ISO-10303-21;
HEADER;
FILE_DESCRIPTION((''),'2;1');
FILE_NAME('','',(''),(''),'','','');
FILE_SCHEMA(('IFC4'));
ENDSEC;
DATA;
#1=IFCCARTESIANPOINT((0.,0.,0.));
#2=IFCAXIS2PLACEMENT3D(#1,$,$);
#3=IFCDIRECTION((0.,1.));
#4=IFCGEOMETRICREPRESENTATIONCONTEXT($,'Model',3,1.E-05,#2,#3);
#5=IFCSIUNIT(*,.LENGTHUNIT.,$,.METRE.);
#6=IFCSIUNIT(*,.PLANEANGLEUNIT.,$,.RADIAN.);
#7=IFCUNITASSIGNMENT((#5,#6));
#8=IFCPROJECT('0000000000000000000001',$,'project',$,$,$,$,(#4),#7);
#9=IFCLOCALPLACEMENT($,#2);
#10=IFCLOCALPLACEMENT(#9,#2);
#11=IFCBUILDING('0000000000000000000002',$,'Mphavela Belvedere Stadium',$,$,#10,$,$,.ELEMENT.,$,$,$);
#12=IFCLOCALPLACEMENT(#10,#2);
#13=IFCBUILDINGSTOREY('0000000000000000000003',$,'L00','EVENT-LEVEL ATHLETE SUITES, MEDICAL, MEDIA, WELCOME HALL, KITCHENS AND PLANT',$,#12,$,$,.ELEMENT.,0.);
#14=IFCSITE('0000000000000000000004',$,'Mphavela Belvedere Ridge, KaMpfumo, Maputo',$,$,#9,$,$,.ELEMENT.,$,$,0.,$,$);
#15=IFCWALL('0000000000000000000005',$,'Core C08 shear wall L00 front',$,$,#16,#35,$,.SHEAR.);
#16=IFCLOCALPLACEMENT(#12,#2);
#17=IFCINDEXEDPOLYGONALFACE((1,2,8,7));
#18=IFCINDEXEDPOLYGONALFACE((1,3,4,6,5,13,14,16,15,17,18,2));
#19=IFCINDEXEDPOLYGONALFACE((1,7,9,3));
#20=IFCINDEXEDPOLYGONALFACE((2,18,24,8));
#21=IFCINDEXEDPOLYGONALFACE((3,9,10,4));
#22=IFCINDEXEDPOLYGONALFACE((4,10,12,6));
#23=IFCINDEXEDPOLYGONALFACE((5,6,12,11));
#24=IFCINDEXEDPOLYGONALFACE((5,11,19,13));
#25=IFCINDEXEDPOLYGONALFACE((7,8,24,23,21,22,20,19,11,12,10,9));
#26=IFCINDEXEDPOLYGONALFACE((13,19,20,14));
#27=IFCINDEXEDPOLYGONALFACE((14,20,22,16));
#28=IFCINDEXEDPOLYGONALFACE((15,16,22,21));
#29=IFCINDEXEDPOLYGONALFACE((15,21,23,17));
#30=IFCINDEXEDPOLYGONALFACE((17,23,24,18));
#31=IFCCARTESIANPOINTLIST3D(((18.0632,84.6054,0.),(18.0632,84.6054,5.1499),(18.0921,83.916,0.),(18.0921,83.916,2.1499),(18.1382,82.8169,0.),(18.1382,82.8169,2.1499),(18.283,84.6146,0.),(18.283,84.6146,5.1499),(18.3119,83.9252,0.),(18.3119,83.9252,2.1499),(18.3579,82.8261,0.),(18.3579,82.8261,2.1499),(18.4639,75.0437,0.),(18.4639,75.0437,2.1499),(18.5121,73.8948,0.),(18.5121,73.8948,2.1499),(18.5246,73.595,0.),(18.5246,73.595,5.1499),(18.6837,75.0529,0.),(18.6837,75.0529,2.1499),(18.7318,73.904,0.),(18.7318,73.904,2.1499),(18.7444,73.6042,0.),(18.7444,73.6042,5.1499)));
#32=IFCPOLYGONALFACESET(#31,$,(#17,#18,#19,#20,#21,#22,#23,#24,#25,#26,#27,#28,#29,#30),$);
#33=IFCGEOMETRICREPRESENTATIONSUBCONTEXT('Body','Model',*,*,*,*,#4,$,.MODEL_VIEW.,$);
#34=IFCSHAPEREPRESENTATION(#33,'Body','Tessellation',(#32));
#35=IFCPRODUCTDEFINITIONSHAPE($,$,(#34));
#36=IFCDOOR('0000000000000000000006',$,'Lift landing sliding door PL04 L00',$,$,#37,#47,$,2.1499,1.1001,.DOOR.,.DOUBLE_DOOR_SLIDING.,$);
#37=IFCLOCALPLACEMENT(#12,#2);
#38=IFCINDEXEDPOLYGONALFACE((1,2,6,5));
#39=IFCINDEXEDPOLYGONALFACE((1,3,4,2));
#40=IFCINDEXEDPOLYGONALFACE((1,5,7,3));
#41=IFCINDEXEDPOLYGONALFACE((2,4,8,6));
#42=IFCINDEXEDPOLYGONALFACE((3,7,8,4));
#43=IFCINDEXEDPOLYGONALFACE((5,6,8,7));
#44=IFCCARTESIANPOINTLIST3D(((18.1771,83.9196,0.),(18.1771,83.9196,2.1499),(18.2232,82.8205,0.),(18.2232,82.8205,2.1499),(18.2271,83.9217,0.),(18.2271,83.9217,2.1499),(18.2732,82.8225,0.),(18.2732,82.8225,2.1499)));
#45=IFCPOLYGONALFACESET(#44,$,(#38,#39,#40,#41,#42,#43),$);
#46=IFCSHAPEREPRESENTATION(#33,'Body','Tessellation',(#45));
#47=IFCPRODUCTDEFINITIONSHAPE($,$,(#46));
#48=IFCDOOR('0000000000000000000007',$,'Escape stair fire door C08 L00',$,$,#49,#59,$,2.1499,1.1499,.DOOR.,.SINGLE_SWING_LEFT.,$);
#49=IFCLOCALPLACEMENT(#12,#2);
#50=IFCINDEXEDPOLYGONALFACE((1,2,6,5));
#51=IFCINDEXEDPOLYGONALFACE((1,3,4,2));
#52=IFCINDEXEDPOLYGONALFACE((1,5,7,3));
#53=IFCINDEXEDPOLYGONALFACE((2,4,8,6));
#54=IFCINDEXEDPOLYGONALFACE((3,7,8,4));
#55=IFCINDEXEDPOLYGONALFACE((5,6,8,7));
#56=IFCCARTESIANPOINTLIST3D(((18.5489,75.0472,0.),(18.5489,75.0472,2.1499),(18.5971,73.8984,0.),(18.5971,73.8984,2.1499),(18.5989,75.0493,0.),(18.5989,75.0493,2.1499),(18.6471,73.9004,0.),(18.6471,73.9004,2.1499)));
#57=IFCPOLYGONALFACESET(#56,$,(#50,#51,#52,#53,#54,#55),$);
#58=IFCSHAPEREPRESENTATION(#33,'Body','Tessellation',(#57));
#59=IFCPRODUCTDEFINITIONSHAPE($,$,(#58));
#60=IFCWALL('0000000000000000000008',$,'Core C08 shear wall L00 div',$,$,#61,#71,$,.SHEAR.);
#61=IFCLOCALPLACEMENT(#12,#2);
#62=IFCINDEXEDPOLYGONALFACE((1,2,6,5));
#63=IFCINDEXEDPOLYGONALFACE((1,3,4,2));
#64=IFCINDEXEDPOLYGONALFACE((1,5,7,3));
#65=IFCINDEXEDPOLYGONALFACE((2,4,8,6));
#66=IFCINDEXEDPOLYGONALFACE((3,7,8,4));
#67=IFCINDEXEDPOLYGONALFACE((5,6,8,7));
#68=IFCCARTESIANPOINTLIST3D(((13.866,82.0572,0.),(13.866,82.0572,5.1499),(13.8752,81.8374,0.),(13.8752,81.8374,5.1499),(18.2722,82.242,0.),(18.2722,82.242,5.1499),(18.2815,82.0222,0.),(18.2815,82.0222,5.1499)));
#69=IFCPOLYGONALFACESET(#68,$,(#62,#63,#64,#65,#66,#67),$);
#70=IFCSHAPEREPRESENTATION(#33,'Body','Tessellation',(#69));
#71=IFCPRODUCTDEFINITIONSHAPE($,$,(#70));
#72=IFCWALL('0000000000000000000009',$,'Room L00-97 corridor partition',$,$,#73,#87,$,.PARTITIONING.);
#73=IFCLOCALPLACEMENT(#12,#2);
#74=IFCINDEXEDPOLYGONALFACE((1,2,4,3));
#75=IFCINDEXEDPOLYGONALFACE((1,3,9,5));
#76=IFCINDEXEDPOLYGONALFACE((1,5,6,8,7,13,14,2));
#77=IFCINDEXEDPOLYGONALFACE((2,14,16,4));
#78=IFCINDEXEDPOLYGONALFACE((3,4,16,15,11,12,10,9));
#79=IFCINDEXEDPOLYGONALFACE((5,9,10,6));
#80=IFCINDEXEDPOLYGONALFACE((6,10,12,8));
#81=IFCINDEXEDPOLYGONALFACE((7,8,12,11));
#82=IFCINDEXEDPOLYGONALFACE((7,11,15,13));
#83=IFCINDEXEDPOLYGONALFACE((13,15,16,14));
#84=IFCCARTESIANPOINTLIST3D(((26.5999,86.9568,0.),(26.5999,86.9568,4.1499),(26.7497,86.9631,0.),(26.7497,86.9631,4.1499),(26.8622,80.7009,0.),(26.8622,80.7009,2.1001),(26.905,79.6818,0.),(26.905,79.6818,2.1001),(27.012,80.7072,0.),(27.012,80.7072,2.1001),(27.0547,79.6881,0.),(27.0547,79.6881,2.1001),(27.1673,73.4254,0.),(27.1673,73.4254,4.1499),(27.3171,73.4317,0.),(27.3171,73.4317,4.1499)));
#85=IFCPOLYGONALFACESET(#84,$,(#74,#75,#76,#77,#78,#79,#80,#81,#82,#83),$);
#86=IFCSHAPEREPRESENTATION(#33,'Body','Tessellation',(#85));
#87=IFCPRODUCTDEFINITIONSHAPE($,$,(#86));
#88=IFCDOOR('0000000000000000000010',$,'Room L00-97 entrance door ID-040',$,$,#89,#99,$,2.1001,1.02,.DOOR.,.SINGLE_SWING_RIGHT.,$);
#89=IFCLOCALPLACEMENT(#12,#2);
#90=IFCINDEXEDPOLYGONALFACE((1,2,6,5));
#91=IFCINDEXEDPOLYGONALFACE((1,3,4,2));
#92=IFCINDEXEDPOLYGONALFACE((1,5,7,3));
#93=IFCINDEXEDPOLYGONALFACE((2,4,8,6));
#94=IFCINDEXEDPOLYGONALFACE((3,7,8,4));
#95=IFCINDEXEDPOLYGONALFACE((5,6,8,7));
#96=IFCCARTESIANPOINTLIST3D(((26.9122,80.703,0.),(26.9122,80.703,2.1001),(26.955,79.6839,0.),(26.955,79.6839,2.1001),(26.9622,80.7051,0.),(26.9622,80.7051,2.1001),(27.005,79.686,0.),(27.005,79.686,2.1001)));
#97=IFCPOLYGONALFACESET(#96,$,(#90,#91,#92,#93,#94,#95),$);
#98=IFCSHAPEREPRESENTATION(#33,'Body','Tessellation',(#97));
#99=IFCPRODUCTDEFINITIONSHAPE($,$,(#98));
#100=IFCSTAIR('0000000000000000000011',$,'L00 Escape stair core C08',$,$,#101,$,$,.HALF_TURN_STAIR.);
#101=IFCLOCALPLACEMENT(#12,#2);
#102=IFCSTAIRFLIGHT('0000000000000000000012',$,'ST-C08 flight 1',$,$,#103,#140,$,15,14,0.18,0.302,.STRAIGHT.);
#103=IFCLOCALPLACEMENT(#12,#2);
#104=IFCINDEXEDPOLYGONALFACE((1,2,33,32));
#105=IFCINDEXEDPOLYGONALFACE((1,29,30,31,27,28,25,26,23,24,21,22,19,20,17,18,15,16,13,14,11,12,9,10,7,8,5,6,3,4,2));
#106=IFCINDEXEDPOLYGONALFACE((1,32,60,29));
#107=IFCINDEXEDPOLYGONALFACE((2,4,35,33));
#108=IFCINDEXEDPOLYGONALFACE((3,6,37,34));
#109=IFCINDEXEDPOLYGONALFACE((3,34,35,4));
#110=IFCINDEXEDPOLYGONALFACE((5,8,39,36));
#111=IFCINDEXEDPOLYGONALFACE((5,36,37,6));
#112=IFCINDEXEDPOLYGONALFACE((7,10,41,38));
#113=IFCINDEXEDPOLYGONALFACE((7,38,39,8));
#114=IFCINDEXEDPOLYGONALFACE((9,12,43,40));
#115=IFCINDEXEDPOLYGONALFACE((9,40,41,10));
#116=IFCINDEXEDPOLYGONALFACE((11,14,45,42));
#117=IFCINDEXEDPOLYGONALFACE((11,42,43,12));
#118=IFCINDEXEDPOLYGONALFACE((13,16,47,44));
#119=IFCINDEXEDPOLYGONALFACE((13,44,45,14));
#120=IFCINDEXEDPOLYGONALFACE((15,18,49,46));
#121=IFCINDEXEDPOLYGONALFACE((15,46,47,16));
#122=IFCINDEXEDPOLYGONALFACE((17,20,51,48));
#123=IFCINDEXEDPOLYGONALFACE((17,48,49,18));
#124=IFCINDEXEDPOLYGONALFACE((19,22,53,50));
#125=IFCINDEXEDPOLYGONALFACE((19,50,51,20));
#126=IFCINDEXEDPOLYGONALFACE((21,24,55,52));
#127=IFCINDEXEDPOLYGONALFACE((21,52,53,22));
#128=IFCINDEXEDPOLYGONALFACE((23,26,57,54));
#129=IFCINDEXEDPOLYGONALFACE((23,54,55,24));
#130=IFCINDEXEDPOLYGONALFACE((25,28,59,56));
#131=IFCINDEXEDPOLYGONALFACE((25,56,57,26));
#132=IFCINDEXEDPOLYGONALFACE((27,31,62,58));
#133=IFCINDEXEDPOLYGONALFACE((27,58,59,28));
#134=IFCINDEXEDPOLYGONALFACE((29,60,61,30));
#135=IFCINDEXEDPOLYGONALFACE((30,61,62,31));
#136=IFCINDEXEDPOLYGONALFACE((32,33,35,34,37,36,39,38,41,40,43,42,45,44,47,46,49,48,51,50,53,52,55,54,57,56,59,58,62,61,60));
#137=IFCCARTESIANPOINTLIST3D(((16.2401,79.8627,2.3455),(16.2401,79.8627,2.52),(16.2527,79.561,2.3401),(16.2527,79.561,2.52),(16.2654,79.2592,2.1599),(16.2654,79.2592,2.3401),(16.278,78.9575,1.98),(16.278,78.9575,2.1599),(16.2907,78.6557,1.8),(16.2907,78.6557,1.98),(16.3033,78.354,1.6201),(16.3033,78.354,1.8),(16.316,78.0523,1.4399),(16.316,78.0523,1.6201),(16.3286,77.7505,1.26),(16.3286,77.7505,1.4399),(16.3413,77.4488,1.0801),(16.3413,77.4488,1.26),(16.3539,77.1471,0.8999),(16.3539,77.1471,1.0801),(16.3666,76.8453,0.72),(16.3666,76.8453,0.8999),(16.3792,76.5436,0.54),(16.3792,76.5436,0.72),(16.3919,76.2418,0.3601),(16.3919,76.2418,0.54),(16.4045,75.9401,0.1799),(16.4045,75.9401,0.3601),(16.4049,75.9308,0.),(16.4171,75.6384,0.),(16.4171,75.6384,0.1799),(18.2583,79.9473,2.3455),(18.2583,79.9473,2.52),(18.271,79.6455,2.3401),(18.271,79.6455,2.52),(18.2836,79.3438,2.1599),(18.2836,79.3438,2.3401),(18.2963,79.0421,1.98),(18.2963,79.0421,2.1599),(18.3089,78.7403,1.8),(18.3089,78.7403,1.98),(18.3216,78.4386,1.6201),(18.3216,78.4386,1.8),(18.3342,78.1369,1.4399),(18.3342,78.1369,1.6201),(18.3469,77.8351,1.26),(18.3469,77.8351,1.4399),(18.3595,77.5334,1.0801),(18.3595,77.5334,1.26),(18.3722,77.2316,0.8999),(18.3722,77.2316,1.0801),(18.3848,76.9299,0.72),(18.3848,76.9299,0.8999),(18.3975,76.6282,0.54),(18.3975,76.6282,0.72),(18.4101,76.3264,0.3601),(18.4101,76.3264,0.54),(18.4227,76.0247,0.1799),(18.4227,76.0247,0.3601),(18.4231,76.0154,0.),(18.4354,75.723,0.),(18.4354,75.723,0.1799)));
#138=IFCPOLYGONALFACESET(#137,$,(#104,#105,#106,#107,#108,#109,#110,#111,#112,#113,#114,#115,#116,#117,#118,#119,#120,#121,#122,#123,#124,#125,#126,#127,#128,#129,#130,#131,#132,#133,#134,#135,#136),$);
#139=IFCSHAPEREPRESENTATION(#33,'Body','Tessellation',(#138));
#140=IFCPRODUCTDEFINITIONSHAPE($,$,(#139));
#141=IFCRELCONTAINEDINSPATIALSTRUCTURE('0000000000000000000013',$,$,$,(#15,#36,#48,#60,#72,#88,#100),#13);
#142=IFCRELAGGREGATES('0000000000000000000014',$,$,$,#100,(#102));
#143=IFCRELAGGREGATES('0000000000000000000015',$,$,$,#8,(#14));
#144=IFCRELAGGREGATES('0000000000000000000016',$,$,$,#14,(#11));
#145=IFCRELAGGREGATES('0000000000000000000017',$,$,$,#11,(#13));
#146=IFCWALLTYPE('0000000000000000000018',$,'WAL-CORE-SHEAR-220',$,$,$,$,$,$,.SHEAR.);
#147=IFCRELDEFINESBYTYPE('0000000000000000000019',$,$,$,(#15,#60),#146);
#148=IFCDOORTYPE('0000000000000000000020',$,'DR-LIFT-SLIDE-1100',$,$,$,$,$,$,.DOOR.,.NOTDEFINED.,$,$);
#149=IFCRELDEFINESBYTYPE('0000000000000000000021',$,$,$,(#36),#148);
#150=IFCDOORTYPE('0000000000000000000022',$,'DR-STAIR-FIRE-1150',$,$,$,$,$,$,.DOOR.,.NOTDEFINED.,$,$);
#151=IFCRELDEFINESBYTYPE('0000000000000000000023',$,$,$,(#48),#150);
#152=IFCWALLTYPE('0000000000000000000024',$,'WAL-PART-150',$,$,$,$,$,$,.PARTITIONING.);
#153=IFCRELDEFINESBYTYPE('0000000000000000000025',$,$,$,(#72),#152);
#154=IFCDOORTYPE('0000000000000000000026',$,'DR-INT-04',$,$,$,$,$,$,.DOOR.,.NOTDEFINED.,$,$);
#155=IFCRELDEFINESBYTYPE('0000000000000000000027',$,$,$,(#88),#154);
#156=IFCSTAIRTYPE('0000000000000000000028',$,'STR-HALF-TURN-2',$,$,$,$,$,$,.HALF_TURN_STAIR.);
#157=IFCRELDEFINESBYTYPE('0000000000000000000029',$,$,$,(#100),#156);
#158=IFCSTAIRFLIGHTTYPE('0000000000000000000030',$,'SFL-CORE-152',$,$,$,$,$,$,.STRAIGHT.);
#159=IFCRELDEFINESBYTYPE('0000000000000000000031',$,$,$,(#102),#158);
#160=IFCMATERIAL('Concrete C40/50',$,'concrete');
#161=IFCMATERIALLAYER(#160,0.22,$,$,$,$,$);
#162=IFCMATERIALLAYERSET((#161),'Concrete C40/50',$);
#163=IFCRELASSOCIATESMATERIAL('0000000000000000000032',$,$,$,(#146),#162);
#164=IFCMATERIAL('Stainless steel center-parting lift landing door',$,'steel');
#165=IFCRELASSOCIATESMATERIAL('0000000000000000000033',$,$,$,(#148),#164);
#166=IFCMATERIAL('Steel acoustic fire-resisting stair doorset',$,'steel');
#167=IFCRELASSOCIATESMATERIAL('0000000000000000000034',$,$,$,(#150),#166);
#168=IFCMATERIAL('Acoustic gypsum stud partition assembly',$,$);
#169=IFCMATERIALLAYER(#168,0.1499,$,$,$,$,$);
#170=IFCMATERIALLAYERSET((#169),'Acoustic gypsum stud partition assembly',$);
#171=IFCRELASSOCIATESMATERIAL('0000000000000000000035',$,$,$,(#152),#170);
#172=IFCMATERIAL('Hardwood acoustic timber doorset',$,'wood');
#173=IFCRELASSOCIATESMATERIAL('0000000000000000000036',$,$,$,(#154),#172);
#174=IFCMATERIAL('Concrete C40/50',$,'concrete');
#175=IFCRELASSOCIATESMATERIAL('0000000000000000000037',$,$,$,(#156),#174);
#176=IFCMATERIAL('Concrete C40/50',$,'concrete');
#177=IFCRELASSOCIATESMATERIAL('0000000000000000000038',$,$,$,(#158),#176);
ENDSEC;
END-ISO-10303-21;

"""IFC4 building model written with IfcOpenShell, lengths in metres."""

from ifc_helpers import new_model, si_unit, direction, frame, frame_2d, origin, place, context, subcontext, project, spatial, polyline, rectangle, outline, extrude, material, layer, layer_set, type_object, element, fill, aggregate, save


model = new_model("IFC4")

# Units and contexts
model_context = context("Model", 3, precision=1e-05, world=origin(), true_north=direction((0.0, 1.0)))
body_context = subcontext(model_context, "Body", "Model", "MODEL_VIEW")
ifc_project = project(units=[si_unit("LENGTHUNIT", "METRE"), si_unit("PLANEANGLEUNIT", "RADIAN")], contexts=[model_context])

# Site, building, storey
site_placement = place(None, origin())
site = spatial("IfcSite", under=ifc_project, at=site_placement, Name="Mphavela Belvedere Ridge, KaMpfumo, Maputo", CompositionType="ELEMENT", RefElevation=0.0)
building_placement = place(site_placement, origin())
building = spatial("IfcBuilding", under=site, at=building_placement, Name="Mphavela Belvedere Stadium", CompositionType="ELEMENT")
storey_placement = place(building_placement, origin())
storey = spatial("IfcBuildingStorey", under=building, at=storey_placement, Name="L00", Description="EVENT-LEVEL ATHLETE SUITES, MEDICAL, MEDIA, WELCOME HALL, KITCHENS AND PLANT", CompositionType="ELEMENT", Elevation=0.0)

# Shared definitions
ifc_material_1 = material(Name="Concrete C40/50", Category="concrete")
ifc_layer_1 = layer(ifc_material_1, 0.22)
ifc_layer_set_1 = layer_set([ifc_layer_1], Name="Concrete C40/50")
wall_type_1 = type_object("IfcWallType", Name="WAL-CORE-SHEAR-220", PredefinedType="SHEAR", material=ifc_layer_set_1)

# Wall, openings, doors
wall_1_placement = place(storey_placement, frame((18.6345, 73.5996, 0.0), z_axis=(0.0, 0.0, 1.0), x_axis=(-0.041872, 0.999123, 0.0)))
wall_1 = element("IfcWall", 1, at=wall_1_placement, inside=storey, type_object=wall_type_1, Name="Core C08 shear wall L00 front", PredefinedType="SHEAR", context=body_context, shape_type="SweptSolid", body=[
    extrude(rectangle(XDim=11.02, YDim=0.22, at=frame_2d((5.51, 0.0))), origin(), (0.0, 0.0, 1.0), 5.1499),
])
opening_1_placement = place(wall_1_placement, frame((0.3, 0.0, 0.0)))
opening_1 = element("IfcOpeningElement", 2, at=opening_1_placement, cuts=wall_1, PredefinedType="OPENING", context=body_context, shape_type="SweptSolid", body=[
    extrude(rectangle(XDim=1.1499, YDim=2.1499, at=frame_2d((0.575, 1.075))), frame((0.0, 0.1201, 0.0), z_axis=(0.0, -1.0, 0.0), x_axis=(1.0, 0.0, 0.0)), (0.0, 0.0, 1.0), 0.24),
])
opening_2_placement = place(wall_1_placement, frame((9.23, 0.0, 0.0)))
opening_2 = element("IfcOpeningElement", 3, at=opening_2_placement, cuts=wall_1, PredefinedType="OPENING", context=body_context, shape_type="SweptSolid", body=[
    extrude(rectangle(XDim=1.1001, YDim=2.1499, at=frame_2d((0.55, 1.075))), frame((0.0, 0.1201, 0.0), z_axis=(0.0, -1.0, 0.0), x_axis=(1.0, 0.0, 0.0)), (0.0, 0.0, 1.0), 0.24),
])
ifc_material_2 = material(Name="Stainless steel center-parting lift landing door", Category="steel")
door_type_1 = type_object("IfcDoorType", Name="DR-LIFT-SLIDE-1100", OperationType="NOTDEFINED", PredefinedType="DOOR", material=ifc_material_2)
door_1_placement = place(opening_2_placement, origin())
door_1 = element("IfcDoor", 4, at=door_1_placement, inside=storey, type_object=door_type_1, Name="Lift landing sliding door PL04 L00", OperationType="DOUBLE_DOOR_SLIDING", OverallHeight=2.1499, OverallWidth=1.1001, PredefinedType="DOOR", context=body_context, shape_type="SweptSolid", body=[
    extrude(rectangle(XDim=1.1001, YDim=2.1499, at=frame_2d((0.55, 1.075))), frame((0.0, 0.0249, 0.0), z_axis=(0.0, -1.0, 0.0), x_axis=(1.0, 0.0, 0.0)), (0.0, 0.0, 1.0), 0.05),
])
fill(opening_2, door_1)
ifc_material_3 = material(Name="Steel acoustic fire-resisting stair doorset", Category="steel")
door_type_2 = type_object("IfcDoorType", Name="DR-STAIR-FIRE-1150", OperationType="NOTDEFINED", PredefinedType="DOOR", material=ifc_material_3)
door_2_placement = place(opening_1_placement, origin())
door_2 = element("IfcDoor", 5, at=door_2_placement, inside=storey, type_object=door_type_2, Name="Escape stair fire door C08 L00", OperationType="SINGLE_SWING_LEFT", OverallHeight=2.1499, OverallWidth=1.1499, PredefinedType="DOOR", context=body_context, shape_type="SweptSolid", body=[
    extrude(rectangle(XDim=1.1499, YDim=2.1499, at=frame_2d((0.575, 1.075))), frame((0.0, 0.0249, 0.0), z_axis=(0.0, -1.0, 0.0), x_axis=(1.0, 0.0, 0.0)), (0.0, 0.0, 1.0), 0.05),
])
fill(opening_1, door_2)

# Wall
wall_2_placement = place(storey_placement, frame((18.2769, 82.1321, 0.0), z_axis=(0.0, 0.0, 1.0), x_axis=(-0.999122, -0.041907, 0.0)))
element("IfcWall", 6, at=wall_2_placement, inside=storey, type_object=wall_type_1, Name="Core C08 shear wall L00 div", PredefinedType="SHEAR", context=body_context, shape_type="SweptSolid", body=[
    extrude(rectangle(XDim=4.4102, YDim=0.22, at=frame_2d((2.2051, 0.0))), origin(), (0.0, 0.0, 1.0), 5.1499),
])

# Wall, opening, door
ifc_material_4 = material(Name="Acoustic gypsum stud partition assembly")
ifc_layer_2 = layer(ifc_material_4, 0.1499)
ifc_layer_set_2 = layer_set([ifc_layer_2], Name="Acoustic gypsum stud partition assembly")
wall_type_2 = type_object("IfcWallType", Name="WAL-PART-150", PredefinedType="PARTITIONING", material=ifc_layer_set_2)
wall_3_placement = place(storey_placement, frame((27.2422, 73.4287, 0.0), z_axis=(0.0, 0.0, 1.0), x_axis=(-0.041894, 0.999122, 0.0)))
wall_3 = element("IfcWall", 7, at=wall_3_placement, inside=storey, type_object=wall_type_2, Name="Room L00-97 corridor partition", PredefinedType="PARTITIONING", context=body_context, shape_type="SweptSolid", body=[
    extrude(rectangle(XDim=13.5432, YDim=0.1499, at=frame_2d((6.7715, 0.0))), origin(), (0.0, 0.0, 1.0), 4.1499),
])
opening_3_placement = place(wall_3_placement, frame((6.2617, 0.0, 0.0)))
opening_3 = element("IfcOpeningElement", 8, at=opening_3_placement, cuts=wall_3, PredefinedType="OPENING", context=body_context, shape_type="SweptSolid", body=[
    extrude(rectangle(XDim=1.02, YDim=2.1001, at=frame_2d((0.51, 1.05))), frame((0.0, 0.085, 0.0), z_axis=(0.0, -1.0, 0.0), x_axis=(1.0, 0.0, 0.0)), (0.0, 0.0, 1.0), 0.1699),
])
ifc_material_5 = material(Name="Hardwood acoustic timber doorset", Category="wood")
door_type_3 = type_object("IfcDoorType", Name="DR-INT-04", OperationType="NOTDEFINED", PredefinedType="DOOR", material=ifc_material_5)
door_3_placement = place(opening_3_placement, origin())
door_3 = element("IfcDoor", 9, at=door_3_placement, inside=storey, type_object=door_type_3, Name="Room L00-97 entrance door ID-040", OperationType="SINGLE_SWING_RIGHT", OverallHeight=2.1001, OverallWidth=1.02, PredefinedType="DOOR", context=body_context, shape_type="SweptSolid", body=[
    extrude(rectangle(XDim=1.02, YDim=2.1001, at=frame_2d((0.51, 1.05))), frame((0.0, 0.0249, 0.0), z_axis=(0.0, -1.0, 0.0), x_axis=(1.0, 0.0, 0.0)), (0.0, 0.0, 1.0), 0.05),
])
fill(opening_3, door_3)

# Stair, stair flight
ifc_material_6 = material(Name="Concrete C40/50", Category="concrete")
stair_type = type_object("IfcStairType", Name="STR-HALF-TURN-2", PredefinedType="HALF_TURN_STAIR", material=ifc_material_6)
stair_placement = place(storey_placement, origin())
stair = element("IfcStair", 10, at=stair_placement, inside=storey, type_object=stair_type, Name="L00 Escape stair core C08", PredefinedType="HALF_TURN_STAIR")
ifc_material_7 = material(Name="Concrete C40/50", Category="concrete")
stair_flight_type = type_object("IfcStairFlightType", Name="SFL-CORE-152", PredefinedType="STRAIGHT", material=ifc_material_7)
stair_flight_placement = place(storey_placement, frame((17.4263, 75.6807, 0.0), z_axis=(0.0, 0.0, 1.0), x_axis=(-0.041876, 0.999123, 0.0)))
stair_flight = element("IfcStairFlight", 11, at=stair_flight_placement, type_object=stair_flight_type, Name="ST-C08 flight 1", NumberOfRisers=15, NumberOfTreads=14, PredefinedType="STRAIGHT", RiserHeight=0.18, TreadLength=0.302, context=body_context, shape_type="SweptSolid", body=[
    extrude(outline(polyline([(0.0, 0.0), (0.0, 0.1799), (0.302, 0.1799), (0.302, 0.3601), (0.604, 0.3601), (0.604, 0.54), (0.906, 0.54), (0.906, 0.72), (1.208, 0.72), (1.208, 0.8999), (1.51, 0.8999), (1.51, 1.0801), (1.812, 1.0801), (1.812, 1.26), (2.114, 1.26), (2.114, 1.4399), (2.416, 1.4399), (2.416, 1.6201), (2.718, 1.6201), (2.718, 1.8), (3.02, 1.8), (3.02, 1.98), (3.322, 1.98), (3.322, 2.1599), (3.624, 2.1599), (3.624, 2.3401), (3.926, 2.3401), (3.926, 2.52), (4.228, 2.52), (4.228, 2.7), (4.228, 2.3455), (0.2927, 0.0), (0.0, 0.0)])), frame((0.0, 1.01, 0.0), z_axis=(0.0, -1.0, 0.0), x_axis=(1.0, 0.0, 0.0)), (0.0, 0.0, 1.0), 2.02),
])
aggregate(stair, [stair_flight])

save(model, "model.ifc")
